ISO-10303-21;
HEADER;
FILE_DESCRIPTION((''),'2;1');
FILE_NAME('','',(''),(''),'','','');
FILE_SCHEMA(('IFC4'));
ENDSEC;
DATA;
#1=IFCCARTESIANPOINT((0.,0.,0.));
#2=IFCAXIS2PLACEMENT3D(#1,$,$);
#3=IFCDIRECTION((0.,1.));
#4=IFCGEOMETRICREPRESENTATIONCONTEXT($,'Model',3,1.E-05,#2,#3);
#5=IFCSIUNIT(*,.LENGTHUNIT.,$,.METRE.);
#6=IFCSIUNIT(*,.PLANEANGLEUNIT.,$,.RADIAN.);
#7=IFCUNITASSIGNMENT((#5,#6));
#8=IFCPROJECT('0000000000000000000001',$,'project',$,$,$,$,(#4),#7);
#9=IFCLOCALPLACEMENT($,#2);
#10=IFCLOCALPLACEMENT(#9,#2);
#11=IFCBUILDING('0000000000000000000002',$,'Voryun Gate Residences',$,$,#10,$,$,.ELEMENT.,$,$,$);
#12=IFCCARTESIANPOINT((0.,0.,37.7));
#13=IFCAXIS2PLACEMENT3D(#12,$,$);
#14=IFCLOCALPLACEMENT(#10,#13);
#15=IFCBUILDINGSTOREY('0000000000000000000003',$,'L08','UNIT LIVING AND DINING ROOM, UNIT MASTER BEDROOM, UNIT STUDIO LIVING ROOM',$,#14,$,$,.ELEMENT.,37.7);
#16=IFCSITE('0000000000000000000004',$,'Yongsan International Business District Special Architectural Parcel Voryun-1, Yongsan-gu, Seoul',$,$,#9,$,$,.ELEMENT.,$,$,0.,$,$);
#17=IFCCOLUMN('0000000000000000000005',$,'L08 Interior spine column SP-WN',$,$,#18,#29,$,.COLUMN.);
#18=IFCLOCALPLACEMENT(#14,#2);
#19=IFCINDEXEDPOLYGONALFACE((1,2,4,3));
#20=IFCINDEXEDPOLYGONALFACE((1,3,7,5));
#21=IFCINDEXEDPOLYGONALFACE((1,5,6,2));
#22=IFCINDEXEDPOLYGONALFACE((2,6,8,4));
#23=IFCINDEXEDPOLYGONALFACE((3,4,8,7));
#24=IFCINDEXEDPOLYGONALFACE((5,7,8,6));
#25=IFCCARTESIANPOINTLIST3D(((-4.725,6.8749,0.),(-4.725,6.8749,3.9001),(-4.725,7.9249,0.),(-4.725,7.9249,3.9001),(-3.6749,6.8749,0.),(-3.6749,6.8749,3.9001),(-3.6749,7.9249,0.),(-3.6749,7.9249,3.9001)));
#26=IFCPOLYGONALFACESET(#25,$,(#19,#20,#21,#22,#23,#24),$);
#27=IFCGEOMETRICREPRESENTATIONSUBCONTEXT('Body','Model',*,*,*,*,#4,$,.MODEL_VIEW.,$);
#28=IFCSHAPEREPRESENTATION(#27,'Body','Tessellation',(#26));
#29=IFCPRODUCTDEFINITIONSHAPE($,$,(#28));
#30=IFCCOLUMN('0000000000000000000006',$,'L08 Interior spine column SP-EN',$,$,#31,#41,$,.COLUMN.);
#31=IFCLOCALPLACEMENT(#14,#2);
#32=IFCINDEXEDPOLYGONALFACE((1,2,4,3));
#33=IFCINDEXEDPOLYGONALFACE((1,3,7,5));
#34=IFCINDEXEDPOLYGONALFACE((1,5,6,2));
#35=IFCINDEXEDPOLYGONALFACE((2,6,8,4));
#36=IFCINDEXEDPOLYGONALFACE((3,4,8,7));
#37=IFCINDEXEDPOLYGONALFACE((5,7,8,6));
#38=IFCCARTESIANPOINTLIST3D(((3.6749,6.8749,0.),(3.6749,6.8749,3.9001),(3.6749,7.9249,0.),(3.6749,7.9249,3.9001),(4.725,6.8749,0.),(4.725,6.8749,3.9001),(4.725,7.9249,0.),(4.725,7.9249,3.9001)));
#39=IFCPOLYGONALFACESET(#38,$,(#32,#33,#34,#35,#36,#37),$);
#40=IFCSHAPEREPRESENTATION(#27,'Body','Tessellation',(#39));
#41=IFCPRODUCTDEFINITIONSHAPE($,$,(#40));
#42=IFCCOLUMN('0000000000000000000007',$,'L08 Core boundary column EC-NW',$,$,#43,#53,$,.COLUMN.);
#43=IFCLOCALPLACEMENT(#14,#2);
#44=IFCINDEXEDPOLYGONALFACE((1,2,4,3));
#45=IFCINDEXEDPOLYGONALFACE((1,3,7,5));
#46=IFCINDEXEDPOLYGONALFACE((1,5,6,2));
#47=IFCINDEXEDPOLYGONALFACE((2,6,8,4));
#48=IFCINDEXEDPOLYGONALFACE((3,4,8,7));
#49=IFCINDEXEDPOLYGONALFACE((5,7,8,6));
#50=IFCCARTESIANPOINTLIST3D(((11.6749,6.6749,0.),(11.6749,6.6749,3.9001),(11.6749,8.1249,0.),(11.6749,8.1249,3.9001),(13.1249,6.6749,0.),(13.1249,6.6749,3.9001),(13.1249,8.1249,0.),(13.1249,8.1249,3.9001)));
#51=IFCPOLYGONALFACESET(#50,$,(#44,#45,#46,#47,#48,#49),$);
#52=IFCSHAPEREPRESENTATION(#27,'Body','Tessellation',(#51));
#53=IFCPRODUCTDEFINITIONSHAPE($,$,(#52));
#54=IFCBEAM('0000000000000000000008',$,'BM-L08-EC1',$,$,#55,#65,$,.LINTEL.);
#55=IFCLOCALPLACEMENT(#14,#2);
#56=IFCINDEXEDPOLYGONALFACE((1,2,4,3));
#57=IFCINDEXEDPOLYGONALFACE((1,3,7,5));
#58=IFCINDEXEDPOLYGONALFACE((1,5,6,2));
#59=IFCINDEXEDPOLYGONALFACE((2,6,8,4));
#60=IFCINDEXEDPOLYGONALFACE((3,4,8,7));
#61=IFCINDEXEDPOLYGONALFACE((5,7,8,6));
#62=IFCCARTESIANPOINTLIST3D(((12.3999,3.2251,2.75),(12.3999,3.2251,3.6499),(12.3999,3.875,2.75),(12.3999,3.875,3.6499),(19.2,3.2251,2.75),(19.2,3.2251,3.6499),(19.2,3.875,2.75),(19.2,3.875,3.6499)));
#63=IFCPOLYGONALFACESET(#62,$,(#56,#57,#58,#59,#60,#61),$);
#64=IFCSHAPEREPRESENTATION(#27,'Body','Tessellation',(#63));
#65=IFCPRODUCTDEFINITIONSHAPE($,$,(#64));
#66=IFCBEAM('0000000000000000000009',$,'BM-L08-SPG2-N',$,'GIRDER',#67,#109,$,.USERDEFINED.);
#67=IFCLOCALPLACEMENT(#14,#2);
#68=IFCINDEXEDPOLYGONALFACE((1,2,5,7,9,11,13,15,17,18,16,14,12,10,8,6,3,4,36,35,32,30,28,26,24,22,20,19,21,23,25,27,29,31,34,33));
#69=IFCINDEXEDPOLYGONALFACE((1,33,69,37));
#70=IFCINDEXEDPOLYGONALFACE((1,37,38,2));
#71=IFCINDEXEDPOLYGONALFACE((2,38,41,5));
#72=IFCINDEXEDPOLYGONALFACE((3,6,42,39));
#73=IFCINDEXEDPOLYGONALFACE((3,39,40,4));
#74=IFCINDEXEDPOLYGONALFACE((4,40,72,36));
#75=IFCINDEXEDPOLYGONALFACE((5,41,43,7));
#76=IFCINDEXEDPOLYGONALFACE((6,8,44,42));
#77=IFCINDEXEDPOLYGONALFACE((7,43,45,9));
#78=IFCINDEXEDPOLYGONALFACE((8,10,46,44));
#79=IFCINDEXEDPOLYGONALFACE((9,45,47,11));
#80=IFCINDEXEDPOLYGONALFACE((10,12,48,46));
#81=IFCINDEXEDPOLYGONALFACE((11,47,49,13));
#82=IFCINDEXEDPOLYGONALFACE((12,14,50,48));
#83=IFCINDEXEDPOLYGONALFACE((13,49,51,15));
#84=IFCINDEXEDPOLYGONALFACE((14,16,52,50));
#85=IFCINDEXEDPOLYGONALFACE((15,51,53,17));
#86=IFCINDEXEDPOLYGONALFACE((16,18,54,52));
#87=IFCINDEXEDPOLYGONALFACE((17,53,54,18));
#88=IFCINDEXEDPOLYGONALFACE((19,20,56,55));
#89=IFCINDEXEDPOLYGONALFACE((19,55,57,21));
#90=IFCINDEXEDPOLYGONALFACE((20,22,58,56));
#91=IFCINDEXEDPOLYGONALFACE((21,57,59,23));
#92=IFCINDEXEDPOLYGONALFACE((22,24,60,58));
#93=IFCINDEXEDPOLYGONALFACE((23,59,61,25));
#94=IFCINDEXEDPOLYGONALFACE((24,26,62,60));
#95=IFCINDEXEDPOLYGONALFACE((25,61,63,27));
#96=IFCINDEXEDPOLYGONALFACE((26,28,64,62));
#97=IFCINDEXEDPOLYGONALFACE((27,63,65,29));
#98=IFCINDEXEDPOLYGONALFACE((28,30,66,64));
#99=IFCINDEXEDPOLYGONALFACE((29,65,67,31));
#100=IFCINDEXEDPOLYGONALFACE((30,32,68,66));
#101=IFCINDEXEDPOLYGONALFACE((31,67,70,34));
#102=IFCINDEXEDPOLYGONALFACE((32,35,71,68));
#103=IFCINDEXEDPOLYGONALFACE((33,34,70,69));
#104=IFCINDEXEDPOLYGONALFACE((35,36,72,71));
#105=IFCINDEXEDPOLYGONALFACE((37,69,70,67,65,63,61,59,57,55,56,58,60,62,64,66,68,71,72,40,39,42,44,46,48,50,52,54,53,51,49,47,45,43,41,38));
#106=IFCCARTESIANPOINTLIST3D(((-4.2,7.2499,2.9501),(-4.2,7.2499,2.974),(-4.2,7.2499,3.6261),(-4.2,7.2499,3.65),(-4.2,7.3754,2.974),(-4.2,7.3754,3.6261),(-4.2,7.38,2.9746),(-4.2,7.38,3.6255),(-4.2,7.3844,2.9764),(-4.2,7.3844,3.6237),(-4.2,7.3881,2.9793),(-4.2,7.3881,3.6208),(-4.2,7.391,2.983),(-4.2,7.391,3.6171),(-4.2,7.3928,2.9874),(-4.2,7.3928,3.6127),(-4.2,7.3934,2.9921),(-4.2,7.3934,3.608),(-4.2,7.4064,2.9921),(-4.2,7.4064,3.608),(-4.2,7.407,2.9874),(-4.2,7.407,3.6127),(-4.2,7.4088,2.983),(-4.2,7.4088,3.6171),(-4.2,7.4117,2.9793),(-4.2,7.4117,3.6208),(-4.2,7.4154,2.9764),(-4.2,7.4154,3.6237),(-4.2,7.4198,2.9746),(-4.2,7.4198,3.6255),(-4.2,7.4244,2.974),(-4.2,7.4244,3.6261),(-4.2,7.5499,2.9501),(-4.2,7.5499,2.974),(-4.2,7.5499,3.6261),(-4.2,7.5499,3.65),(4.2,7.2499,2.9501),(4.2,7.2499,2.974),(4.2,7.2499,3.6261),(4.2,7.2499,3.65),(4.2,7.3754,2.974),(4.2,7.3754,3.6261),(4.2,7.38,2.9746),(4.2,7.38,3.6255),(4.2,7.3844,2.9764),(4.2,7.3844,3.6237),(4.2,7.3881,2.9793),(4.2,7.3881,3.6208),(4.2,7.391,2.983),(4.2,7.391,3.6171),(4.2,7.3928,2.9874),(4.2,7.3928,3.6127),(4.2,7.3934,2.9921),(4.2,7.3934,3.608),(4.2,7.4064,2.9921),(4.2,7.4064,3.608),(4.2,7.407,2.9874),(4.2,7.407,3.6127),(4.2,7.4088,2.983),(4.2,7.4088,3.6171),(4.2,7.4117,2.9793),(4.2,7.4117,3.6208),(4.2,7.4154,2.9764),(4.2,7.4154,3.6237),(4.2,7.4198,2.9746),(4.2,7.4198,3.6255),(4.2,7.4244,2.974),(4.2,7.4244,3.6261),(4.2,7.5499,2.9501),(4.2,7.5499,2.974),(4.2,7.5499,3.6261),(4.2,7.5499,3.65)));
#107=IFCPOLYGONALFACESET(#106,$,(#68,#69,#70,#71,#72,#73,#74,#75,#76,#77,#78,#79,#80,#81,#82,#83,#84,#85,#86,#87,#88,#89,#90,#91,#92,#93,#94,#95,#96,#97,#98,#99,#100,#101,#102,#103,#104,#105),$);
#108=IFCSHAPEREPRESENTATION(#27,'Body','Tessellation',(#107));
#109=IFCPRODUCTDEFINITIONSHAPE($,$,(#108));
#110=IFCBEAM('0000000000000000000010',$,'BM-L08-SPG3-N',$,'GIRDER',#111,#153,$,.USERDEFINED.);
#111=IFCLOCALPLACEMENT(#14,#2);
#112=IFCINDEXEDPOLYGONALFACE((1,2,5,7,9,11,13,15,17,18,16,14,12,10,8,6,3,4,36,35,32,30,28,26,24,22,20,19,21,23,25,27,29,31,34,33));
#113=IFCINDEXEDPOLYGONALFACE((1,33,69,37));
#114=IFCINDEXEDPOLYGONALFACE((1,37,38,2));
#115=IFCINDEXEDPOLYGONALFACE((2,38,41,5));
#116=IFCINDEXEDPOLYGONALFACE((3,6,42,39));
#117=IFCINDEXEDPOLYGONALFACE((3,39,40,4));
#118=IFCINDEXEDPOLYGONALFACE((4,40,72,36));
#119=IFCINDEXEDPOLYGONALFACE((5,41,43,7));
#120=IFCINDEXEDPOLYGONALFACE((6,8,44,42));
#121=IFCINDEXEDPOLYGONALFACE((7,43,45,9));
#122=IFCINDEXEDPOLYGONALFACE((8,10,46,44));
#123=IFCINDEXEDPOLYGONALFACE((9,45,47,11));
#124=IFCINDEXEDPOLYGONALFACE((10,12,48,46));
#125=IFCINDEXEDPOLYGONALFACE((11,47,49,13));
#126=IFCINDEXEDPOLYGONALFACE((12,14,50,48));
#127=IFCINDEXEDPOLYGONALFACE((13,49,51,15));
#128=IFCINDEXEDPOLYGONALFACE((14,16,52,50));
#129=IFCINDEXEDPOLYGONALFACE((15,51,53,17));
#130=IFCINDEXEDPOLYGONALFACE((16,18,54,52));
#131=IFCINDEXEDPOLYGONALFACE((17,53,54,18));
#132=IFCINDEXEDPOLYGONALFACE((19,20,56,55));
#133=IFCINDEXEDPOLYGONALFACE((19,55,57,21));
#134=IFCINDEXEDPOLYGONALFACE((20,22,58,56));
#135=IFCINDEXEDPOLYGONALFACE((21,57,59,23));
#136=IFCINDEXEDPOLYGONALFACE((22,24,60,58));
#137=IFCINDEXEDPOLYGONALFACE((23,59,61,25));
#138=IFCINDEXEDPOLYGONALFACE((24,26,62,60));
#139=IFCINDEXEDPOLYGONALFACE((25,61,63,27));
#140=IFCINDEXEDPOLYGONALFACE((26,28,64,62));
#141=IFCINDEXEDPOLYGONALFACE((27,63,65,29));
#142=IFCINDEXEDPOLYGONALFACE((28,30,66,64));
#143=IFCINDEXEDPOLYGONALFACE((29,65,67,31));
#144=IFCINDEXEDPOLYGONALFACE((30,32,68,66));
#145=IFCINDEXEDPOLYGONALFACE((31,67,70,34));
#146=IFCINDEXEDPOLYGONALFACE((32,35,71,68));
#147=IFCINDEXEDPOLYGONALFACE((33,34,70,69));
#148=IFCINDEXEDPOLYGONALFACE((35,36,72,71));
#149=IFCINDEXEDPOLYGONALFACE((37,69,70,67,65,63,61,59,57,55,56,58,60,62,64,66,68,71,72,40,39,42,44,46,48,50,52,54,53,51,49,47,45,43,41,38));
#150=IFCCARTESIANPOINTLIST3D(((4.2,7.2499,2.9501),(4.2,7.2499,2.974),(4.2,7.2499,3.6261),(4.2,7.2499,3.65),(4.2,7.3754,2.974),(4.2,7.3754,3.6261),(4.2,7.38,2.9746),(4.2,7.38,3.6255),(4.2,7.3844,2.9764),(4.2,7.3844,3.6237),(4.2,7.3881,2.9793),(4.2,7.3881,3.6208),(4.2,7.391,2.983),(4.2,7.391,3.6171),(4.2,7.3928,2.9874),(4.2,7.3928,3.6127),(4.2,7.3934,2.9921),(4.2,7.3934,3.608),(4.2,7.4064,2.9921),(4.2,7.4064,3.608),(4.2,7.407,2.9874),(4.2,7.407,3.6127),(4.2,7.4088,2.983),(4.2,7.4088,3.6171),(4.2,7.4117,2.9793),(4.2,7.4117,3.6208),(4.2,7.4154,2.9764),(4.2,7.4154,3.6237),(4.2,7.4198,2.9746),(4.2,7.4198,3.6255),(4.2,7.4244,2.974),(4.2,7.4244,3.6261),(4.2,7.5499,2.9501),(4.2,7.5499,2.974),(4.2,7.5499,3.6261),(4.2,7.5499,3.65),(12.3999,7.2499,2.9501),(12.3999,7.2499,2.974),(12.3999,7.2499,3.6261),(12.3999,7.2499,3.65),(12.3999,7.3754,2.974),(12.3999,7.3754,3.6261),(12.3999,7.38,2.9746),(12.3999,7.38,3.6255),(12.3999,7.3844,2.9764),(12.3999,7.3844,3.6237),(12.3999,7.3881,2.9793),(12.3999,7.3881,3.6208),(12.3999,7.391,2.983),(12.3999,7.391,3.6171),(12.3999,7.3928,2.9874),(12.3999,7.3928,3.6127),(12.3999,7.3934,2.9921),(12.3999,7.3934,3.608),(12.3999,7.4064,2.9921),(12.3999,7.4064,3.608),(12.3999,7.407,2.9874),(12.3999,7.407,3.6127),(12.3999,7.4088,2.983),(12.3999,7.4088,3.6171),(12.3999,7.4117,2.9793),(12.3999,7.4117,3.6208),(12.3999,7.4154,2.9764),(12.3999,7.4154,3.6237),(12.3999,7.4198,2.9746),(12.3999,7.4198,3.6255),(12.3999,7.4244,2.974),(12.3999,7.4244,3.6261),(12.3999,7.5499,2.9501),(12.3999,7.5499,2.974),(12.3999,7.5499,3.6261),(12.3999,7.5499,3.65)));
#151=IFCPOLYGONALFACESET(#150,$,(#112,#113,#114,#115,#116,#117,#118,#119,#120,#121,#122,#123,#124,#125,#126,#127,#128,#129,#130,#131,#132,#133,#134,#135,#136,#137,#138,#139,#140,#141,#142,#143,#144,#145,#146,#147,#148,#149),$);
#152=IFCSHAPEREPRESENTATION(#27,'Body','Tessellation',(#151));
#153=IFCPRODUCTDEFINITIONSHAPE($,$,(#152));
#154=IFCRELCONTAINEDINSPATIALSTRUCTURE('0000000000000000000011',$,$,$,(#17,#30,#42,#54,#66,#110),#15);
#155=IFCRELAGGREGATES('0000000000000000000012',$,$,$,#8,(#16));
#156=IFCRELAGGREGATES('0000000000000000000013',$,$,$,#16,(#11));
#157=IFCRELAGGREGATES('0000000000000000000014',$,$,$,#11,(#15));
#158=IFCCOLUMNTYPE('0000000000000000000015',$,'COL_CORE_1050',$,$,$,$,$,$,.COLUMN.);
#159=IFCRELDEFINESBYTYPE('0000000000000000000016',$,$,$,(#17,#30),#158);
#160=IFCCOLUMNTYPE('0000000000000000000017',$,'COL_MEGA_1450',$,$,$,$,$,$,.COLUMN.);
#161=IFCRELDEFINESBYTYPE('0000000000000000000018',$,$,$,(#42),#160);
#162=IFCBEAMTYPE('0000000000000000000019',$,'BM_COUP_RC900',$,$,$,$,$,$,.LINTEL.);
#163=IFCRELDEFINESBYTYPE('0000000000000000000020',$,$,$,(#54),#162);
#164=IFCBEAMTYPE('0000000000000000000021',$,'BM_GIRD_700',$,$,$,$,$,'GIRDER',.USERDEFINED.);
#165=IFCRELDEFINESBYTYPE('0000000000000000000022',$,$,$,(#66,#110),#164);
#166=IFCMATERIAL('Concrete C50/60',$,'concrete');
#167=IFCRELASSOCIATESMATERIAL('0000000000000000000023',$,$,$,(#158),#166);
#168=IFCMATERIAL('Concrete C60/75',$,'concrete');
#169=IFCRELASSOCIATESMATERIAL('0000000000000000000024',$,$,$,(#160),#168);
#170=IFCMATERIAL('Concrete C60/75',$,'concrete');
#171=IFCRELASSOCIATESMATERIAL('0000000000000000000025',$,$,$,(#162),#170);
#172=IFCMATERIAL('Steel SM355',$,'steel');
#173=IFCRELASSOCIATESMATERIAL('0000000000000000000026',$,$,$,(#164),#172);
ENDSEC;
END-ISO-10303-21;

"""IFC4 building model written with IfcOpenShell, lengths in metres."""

from ifc_helpers import new_model, si_unit, direction, frame, origin, origin_2d, place, context, subcontext, project, spatial, rectangle, i_section, extrude, material, material_profile, profile_set, type_object, element, save


model = new_model("IFC4")

# Units and contexts
model_context = context("Model", 3, precision=1e-05, world=origin(), true_north=direction((0.0, 1.0)))
body_context = subcontext(model_context, "Body", "Model", "MODEL_VIEW")
ifc_project = project(units=[si_unit("LENGTHUNIT", "METRE"), si_unit("PLANEANGLEUNIT", "RADIAN")], contexts=[model_context])

# Site, building, storey
site_placement = place(None, origin())
site = spatial("IfcSite", under=ifc_project, at=site_placement, Name="Yongsan International Business District Special Architectural Parcel Voryun-1, Yongsan-gu, Seoul", CompositionType="ELEMENT", RefElevation=0.0)
building_placement = place(site_placement, origin())
building = spatial("IfcBuilding", under=site, at=building_placement, Name="Voryun Gate Residences", CompositionType="ELEMENT")
storey_placement = place(building_placement, frame((0.0, 0.0, 37.7)))
storey = spatial("IfcBuildingStorey", under=building, at=storey_placement, Name="L08", Description="UNIT LIVING AND DINING ROOM, UNIT MASTER BEDROOM, UNIT STUDIO LIVING ROOM", CompositionType="ELEMENT", Elevation=37.7)

# Columns
ifc_material_1 = material(Name="Concrete C50/60", Category="concrete")
ifc_material_profile_1 = material_profile(ifc_material_1, rectangle(XDim=1.05, YDim=1.05, at=origin_2d()), Name="RC-1050x1050")
ifc_profile_set_1 = profile_set([ifc_material_profile_1], Name="Concrete C50/60")
column_type_1 = type_object("IfcColumnType", Name="COL_CORE_1050", PredefinedType="COLUMN", material=ifc_profile_set_1)
for number, where, z_axis, x_axis, name in (
    (1, (-4.2, 7.3999, 0.0), (0.0, 0.0, 1.0), (1.0, 0.0, 0.0), "L08 Interior spine column SP-WN"),
    (2, (4.2, 7.3999, 0.0), (0.0, 0.0, 1.0), (1.0, 0.0, 0.0), "L08 Interior spine column SP-EN"),
):
    element("IfcColumn", number, at=place(storey_placement, frame(where, z_axis=z_axis, x_axis=x_axis)), inside=storey, type_object=column_type_1, Name=name, PredefinedType="COLUMN", context=body_context, shape_type="SweptSolid", body=[
        extrude(rectangle(XDim=1.05, YDim=1.05, at=origin_2d()), origin(), (0.0, 0.0, 1.0), 3.9001),
    ])
ifc_material_2 = material(Name="Concrete C60/75", Category="concrete")
ifc_material_profile_2 = material_profile(ifc_material_2, rectangle(XDim=1.45, YDim=1.45, at=origin_2d()), Name="RC-1450x1450")
ifc_profile_set_2 = profile_set([ifc_material_profile_2], Name="Concrete C60/75")
column_type_2 = type_object("IfcColumnType", Name="COL_MEGA_1450", PredefinedType="COLUMN", material=ifc_profile_set_2)
column_placement = place(storey_placement, frame((12.3999, 7.3999, 0.0), z_axis=(0.0, 0.0, 1.0), x_axis=(1.0, 0.0, 0.0)))
element("IfcColumn", 3, at=column_placement, inside=storey, type_object=column_type_2, Name="L08 Core boundary column EC-NW", PredefinedType="COLUMN", context=body_context, shape_type="SweptSolid", body=[
    extrude(rectangle(XDim=1.45, YDim=1.45, at=origin_2d()), origin(), (0.0, 0.0, 1.0), 3.9001),
])

# Beams
ifc_material_3 = material(Name="Concrete C60/75", Category="concrete")
ifc_material_profile_3 = material_profile(ifc_material_3, rectangle(XDim=0.6499, YDim=0.8999, at=origin_2d()), Name="RC-650x900")
ifc_profile_set_3 = profile_set([ifc_material_profile_3], Name="Concrete C60/75")
beam_type_1 = type_object("IfcBeamType", Name="BM_COUP_RC900", PredefinedType="LINTEL", material=ifc_profile_set_3)
beam_1_placement = place(storey_placement, frame((12.3999, 3.55, 3.2), z_axis=(1.0, 0.0, 0.0), x_axis=(0.0, 1.0, 0.0)))
element("IfcBeam", 4, at=beam_1_placement, inside=storey, type_object=beam_type_1, Name="BM-L08-EC1", PredefinedType="LINTEL", context=body_context, shape_type="SweptSolid", body=[
    extrude(rectangle(XDim=0.6499, YDim=0.8999, at=origin_2d()), origin(), (0.0, 0.0, 1.0), 6.8),
])
ifc_material_4 = material(Name="Steel SM355", Category="steel")
ifc_material_profile_4 = material_profile(ifc_material_4, i_section(OverallWidth=0.3, OverallDepth=0.7, WebThickness=0.0129, FlangeThickness=0.0239, FilletRadius=0.0181, at=origin_2d()), Name="H-700x300x13x24")
ifc_profile_set_4 = profile_set([ifc_material_profile_4], Name="Steel SM355")
beam_type_2 = type_object("IfcBeamType", Name="BM_GIRD_700", ElementType="GIRDER", PredefinedType="USERDEFINED", material=ifc_profile_set_4)
beam_2_placement = place(storey_placement, frame((-4.2, 7.3999, 3.3), z_axis=(1.0, 0.0, 0.0), x_axis=(0.0, 1.0, 0.0)))
element("IfcBeam", 5, at=beam_2_placement, inside=storey, type_object=beam_type_2, Name="BM-L08-SPG2-N", ObjectType="GIRDER", PredefinedType="USERDEFINED", context=body_context, shape_type="SweptSolid", body=[
    extrude(i_section(OverallWidth=0.3, OverallDepth=0.7, WebThickness=0.0129, FlangeThickness=0.0239, FilletRadius=0.0181, at=origin_2d()), origin(), (0.0, 0.0, 1.0), 8.3999),
])
beam_3_placement = place(storey_placement, frame((4.2, 7.3999, 3.3), z_axis=(1.0, 0.0, 0.0), x_axis=(0.0, 1.0, 0.0)))
element("IfcBeam", 6, at=beam_3_placement, inside=storey, type_object=beam_type_2, Name="BM-L08-SPG3-N", ObjectType="GIRDER", PredefinedType="USERDEFINED", context=body_context, shape_type="SweptSolid", body=[
    extrude(i_section(OverallWidth=0.3, OverallDepth=0.7, WebThickness=0.0129, FlangeThickness=0.0239, FilletRadius=0.0181, at=origin_2d()), origin(), (0.0, 0.0, 1.0), 8.2),
])

save(model, "model.ifc")
